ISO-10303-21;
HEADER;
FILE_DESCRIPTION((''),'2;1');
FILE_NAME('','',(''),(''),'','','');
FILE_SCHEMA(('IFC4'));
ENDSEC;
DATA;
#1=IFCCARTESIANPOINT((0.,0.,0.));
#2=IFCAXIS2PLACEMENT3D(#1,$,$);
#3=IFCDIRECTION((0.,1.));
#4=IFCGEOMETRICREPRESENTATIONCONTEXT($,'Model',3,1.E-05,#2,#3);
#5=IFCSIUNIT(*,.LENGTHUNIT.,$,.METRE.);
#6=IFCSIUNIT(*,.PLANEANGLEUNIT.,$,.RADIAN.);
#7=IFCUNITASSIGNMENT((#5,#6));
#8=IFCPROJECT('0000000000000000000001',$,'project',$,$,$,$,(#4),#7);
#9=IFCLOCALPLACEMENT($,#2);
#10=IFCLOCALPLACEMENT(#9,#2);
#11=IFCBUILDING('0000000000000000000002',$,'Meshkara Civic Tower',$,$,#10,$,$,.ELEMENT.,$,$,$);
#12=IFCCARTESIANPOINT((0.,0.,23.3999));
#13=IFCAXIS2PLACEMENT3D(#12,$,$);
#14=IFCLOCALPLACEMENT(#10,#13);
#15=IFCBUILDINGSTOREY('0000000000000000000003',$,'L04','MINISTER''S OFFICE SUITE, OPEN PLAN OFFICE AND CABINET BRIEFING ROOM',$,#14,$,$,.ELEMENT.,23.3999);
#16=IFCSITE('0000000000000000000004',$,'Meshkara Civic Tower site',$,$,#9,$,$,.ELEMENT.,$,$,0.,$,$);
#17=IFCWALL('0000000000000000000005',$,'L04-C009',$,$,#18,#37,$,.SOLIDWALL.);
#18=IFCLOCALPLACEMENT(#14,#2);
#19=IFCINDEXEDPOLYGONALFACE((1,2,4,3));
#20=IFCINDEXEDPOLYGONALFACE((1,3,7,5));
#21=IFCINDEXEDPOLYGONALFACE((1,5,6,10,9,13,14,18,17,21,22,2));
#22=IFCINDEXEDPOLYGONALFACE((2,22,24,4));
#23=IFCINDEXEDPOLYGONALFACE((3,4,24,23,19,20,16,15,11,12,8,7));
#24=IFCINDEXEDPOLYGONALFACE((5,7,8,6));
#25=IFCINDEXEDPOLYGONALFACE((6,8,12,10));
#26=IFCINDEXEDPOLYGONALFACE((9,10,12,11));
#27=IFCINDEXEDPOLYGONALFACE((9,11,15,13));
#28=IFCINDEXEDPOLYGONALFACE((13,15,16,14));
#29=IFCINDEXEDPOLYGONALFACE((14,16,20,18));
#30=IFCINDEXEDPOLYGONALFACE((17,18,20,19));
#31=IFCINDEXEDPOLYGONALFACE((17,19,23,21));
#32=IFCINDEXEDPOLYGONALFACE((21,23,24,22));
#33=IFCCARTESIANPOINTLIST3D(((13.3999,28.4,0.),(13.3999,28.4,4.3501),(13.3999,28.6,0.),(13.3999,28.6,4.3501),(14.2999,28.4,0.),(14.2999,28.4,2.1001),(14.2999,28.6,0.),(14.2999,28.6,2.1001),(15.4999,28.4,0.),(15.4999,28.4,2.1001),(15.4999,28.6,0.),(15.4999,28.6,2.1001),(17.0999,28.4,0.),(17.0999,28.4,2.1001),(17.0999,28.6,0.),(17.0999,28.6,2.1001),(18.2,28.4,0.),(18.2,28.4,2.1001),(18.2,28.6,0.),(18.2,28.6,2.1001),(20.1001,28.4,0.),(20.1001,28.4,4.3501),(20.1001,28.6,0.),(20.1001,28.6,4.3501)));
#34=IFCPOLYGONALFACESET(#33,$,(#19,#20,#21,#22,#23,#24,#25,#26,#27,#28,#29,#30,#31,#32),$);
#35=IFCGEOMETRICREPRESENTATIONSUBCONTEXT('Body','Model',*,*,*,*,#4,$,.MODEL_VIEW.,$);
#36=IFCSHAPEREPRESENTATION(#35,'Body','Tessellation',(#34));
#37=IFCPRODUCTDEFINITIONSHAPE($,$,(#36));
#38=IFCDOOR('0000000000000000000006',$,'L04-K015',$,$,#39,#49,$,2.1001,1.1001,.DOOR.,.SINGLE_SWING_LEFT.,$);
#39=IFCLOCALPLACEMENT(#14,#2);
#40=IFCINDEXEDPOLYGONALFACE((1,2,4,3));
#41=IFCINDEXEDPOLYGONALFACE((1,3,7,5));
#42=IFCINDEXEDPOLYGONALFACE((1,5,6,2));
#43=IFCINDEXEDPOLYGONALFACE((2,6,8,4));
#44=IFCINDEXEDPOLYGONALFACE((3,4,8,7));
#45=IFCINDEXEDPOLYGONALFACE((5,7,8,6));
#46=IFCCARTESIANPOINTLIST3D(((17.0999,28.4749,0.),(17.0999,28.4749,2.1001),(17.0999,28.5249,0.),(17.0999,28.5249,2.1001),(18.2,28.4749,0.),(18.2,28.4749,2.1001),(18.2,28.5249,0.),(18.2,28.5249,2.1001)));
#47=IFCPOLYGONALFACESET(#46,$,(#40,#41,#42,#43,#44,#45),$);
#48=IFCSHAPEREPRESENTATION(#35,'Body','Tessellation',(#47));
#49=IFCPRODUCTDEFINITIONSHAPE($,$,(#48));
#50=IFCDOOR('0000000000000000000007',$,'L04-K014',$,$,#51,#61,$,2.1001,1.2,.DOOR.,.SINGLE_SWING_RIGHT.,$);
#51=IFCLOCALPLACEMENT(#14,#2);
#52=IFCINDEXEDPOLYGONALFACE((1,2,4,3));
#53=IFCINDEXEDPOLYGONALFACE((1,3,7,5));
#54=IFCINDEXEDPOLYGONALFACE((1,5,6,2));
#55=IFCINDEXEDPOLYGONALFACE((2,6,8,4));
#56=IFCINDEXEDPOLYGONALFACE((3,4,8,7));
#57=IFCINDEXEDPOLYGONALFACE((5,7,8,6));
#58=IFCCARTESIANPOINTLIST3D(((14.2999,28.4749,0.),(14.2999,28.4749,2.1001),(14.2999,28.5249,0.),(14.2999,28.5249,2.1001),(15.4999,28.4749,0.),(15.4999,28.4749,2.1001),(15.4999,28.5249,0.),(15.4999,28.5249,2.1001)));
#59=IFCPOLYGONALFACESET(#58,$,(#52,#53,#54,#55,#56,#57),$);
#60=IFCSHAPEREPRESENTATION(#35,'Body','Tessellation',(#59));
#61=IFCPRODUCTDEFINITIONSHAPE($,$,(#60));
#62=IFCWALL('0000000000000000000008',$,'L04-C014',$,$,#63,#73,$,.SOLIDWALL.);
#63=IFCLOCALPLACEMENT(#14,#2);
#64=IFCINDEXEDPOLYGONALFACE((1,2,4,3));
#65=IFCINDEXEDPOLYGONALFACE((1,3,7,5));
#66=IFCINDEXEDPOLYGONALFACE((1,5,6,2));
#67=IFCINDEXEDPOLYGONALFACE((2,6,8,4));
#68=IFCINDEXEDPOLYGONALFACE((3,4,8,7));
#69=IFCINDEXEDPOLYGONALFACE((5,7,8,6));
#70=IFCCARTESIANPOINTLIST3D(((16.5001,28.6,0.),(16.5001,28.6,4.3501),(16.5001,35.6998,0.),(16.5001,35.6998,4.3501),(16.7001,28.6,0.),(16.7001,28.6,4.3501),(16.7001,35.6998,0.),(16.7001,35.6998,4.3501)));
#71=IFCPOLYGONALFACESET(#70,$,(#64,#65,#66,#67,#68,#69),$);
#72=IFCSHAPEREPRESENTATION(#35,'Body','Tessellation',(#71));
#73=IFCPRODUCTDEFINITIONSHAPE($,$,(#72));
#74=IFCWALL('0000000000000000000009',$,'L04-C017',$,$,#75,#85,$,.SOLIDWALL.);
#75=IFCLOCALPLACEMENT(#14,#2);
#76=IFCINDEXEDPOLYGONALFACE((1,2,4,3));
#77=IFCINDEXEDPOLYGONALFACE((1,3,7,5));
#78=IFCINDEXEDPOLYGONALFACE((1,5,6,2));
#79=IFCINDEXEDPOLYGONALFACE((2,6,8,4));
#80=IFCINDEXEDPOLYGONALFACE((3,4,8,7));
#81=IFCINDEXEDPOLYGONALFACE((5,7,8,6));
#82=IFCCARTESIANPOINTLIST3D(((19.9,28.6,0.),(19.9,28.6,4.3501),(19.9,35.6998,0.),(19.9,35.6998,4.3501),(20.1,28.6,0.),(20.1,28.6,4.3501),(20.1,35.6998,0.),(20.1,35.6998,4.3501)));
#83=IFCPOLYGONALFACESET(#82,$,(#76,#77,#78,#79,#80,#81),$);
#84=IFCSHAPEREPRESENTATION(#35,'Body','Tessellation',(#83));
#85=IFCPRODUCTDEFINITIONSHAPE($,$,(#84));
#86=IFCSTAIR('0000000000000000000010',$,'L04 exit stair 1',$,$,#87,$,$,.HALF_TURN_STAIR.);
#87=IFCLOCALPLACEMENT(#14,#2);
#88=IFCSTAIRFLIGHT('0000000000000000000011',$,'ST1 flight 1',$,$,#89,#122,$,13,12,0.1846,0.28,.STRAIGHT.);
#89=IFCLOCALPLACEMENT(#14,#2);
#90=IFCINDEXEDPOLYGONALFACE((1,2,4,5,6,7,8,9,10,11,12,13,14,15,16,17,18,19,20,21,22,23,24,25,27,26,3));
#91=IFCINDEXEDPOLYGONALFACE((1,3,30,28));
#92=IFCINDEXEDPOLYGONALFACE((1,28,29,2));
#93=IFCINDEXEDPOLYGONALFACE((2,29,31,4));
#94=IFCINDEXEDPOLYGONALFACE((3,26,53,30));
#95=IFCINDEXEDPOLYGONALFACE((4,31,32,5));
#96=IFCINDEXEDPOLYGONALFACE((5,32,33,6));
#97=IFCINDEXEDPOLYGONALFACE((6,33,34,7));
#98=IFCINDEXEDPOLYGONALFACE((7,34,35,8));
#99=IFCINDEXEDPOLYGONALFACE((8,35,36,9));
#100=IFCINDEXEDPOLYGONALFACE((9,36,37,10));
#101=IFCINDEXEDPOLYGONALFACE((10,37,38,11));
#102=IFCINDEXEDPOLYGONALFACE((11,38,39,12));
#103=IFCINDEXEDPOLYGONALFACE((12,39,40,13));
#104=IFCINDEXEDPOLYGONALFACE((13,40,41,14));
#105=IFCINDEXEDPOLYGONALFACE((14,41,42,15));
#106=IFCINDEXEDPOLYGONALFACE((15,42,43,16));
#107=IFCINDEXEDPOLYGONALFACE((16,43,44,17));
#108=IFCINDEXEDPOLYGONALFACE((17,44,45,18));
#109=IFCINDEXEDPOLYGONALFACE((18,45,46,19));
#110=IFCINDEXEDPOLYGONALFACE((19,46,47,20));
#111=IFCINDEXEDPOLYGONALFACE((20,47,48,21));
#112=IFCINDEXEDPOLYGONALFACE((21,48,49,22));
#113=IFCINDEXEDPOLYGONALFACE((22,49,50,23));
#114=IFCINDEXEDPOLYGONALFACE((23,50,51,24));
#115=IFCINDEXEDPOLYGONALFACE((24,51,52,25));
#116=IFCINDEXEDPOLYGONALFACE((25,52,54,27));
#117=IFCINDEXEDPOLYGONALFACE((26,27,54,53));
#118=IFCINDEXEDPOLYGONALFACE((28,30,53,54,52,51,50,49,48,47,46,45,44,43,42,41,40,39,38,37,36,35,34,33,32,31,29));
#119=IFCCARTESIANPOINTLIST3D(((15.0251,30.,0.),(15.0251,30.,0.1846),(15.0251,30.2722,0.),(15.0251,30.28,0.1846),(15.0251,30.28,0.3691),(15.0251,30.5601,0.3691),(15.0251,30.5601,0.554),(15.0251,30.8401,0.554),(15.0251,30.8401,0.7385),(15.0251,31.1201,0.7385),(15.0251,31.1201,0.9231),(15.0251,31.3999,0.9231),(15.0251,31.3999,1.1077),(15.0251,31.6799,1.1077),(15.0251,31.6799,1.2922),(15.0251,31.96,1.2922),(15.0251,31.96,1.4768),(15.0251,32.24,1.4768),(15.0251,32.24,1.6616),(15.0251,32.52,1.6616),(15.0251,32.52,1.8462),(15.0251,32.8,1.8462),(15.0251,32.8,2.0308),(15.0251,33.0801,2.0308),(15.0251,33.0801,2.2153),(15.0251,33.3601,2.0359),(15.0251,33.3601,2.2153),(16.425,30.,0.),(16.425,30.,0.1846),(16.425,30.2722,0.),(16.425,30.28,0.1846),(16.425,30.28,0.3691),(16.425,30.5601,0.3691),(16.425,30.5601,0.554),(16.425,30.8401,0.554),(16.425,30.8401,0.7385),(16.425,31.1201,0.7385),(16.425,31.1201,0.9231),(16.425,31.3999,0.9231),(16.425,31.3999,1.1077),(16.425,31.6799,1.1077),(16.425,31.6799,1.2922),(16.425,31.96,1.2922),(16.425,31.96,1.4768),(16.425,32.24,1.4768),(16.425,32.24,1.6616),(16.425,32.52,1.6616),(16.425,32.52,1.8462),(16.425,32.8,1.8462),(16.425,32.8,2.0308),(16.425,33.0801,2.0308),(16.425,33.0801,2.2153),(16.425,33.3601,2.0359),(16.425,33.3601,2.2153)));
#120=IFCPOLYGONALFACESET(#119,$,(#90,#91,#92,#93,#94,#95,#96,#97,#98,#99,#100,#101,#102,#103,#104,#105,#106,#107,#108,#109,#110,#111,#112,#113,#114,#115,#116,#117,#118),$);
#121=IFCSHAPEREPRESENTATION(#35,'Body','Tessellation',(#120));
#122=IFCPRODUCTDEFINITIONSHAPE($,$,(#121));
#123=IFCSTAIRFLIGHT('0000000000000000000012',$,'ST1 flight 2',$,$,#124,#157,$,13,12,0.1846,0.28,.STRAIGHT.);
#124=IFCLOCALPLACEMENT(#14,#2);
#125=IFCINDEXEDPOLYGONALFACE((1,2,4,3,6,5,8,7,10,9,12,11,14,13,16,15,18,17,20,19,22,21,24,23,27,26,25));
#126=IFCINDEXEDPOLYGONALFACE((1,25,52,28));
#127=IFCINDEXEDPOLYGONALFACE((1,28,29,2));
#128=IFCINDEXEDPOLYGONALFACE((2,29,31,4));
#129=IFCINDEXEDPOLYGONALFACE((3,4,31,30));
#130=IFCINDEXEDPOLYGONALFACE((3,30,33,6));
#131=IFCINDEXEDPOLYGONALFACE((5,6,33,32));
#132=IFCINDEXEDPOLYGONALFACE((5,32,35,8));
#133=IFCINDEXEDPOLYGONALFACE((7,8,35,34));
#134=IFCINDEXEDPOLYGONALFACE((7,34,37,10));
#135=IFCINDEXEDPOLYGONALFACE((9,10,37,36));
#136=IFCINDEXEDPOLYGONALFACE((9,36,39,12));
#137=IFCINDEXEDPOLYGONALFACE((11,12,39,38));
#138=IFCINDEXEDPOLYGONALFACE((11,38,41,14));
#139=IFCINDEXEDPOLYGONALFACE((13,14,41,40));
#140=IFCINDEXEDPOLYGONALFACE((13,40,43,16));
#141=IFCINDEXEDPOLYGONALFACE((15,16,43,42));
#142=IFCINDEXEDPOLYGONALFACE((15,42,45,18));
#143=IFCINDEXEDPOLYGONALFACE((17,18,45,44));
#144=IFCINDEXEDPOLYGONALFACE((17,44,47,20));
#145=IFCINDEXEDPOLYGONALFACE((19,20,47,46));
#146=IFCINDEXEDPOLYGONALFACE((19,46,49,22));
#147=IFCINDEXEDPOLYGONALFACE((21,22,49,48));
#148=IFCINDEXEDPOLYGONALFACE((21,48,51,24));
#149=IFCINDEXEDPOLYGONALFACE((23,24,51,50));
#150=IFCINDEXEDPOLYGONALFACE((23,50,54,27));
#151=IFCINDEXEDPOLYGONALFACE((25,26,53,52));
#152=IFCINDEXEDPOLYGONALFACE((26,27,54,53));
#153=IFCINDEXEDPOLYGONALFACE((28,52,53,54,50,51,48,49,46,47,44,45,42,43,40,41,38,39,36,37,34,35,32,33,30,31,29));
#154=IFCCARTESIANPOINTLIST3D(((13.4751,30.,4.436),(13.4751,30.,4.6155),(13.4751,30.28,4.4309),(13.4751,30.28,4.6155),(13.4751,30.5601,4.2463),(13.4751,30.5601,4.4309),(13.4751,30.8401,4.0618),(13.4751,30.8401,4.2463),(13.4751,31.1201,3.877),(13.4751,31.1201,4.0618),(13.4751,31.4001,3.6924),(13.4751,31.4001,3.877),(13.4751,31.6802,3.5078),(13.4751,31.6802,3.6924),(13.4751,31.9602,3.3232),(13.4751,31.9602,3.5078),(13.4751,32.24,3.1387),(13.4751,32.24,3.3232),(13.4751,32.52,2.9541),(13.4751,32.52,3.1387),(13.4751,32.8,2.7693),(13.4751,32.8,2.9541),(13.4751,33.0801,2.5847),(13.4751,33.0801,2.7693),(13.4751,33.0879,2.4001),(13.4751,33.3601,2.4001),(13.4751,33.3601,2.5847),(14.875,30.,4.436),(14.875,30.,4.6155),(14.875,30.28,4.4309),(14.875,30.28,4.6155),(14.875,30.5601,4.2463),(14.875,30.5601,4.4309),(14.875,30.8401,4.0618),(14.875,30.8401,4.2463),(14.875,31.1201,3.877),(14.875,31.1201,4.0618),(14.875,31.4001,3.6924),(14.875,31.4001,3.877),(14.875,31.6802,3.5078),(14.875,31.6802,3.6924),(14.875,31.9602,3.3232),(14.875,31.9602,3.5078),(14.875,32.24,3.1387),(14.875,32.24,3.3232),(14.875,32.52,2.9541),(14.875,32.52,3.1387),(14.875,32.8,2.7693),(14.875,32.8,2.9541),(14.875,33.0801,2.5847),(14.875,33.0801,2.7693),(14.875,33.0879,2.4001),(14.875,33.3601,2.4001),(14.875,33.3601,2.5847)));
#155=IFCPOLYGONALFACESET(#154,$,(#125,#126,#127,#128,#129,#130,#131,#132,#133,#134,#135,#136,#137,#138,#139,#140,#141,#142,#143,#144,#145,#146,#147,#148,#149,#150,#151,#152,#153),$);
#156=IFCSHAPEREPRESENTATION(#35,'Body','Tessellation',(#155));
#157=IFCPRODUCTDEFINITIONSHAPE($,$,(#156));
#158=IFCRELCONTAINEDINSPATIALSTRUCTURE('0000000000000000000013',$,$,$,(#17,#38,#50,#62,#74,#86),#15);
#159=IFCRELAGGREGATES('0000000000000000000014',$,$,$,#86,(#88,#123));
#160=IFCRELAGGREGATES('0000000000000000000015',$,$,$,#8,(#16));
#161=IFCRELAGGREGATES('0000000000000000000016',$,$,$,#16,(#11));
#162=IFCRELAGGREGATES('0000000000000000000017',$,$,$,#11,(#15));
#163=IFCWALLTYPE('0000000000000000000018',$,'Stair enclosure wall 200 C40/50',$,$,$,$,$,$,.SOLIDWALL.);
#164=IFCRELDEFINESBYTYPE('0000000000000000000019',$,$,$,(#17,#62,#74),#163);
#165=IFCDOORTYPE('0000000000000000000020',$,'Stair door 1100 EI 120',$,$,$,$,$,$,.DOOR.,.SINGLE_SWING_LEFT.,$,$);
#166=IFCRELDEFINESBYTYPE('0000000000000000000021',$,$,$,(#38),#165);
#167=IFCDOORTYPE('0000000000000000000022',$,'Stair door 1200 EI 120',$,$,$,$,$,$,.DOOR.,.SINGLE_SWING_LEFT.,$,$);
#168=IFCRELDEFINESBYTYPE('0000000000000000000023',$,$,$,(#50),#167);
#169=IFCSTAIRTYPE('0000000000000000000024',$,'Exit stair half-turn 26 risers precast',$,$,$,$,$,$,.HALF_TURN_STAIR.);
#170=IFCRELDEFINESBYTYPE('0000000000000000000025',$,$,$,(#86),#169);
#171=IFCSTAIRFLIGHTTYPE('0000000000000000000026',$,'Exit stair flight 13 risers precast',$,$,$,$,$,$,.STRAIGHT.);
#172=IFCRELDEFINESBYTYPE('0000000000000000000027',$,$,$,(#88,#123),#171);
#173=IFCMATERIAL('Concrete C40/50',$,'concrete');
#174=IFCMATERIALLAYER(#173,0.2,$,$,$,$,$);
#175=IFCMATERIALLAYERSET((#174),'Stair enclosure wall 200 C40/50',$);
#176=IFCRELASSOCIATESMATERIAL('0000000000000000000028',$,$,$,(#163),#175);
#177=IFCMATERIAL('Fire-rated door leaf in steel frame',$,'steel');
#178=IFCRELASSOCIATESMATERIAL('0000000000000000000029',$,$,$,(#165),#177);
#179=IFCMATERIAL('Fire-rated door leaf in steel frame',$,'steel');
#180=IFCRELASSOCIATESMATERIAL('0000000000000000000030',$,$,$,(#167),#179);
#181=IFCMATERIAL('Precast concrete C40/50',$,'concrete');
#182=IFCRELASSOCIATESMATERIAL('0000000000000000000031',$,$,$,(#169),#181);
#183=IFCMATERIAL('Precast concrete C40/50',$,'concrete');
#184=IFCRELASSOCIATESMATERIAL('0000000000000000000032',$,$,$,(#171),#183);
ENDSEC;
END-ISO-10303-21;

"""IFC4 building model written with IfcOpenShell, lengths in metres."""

from ifc_helpers import new_model, si_unit, direction, frame, frame_2d, origin, place, context, subcontext, project, spatial, polyline, rectangle, outline, extrude, material, layer, layer_set, type_object, element, fill, aggregate, save


model = new_model("IFC4")

# Units and contexts
model_context = context("Model", 3, precision=1e-05, world=origin(), true_north=direction((0.0, 1.0)))
body_context = subcontext(model_context, "Body", "Model", "MODEL_VIEW")
ifc_project = project(units=[si_unit("LENGTHUNIT", "METRE"), si_unit("PLANEANGLEUNIT", "RADIAN")], contexts=[model_context])

# Site, building, storey
site_placement = place(None, origin())
site = spatial("IfcSite", under=ifc_project, at=site_placement, Name="Meshkara Civic Tower site", CompositionType="ELEMENT", RefElevation=0.0)
building_placement = place(site_placement, origin())
building = spatial("IfcBuilding", under=site, at=building_placement, Name="Meshkara Civic Tower", CompositionType="ELEMENT")
storey_placement = place(building_placement, frame((0.0, 0.0, 23.3999)))
storey = spatial("IfcBuildingStorey", under=building, at=storey_placement, Name="L04", Description="MINISTER'S OFFICE SUITE, OPEN PLAN OFFICE AND CABINET BRIEFING ROOM", CompositionType="ELEMENT", Elevation=23.3999)

# Wall, openings, doors
ifc_material_1 = material(Name="Concrete C40/50", Category="concrete")
ifc_layer_1 = layer(ifc_material_1, 0.2)
ifc_layer_set_1 = layer_set([ifc_layer_1], Name="Stair enclosure wall 200 C40/50")
wall_type_1 = type_object("IfcWallType", Name="Stair enclosure wall 200 C40/50", PredefinedType="SOLIDWALL", material=ifc_layer_set_1)
wall_1_placement = place(storey_placement, frame((13.3999, 28.5, 0.0), z_axis=(0.0, 0.0, 1.0), x_axis=(1.0, 0.0, 0.0)))
wall_1 = element("IfcWall", 1, at=wall_1_placement, inside=storey, type_object=wall_type_1, Name="L04-C009", PredefinedType="SOLIDWALL", context=body_context, shape_type="SweptSolid", body=[
    extrude(rectangle(XDim=6.7002, YDim=0.2, at=frame_2d((3.3501, 0.0))), origin(), (0.0, 0.0, 1.0), 4.3501),
])
opening_1_placement = place(wall_1_placement, frame((0.8999, 0.0, 0.0)))
opening_1 = element("IfcOpeningElement", 2, at=opening_1_placement, cuts=wall_1, PredefinedType="OPENING", context=body_context, shape_type="SweptSolid", body=[
    extrude(rectangle(XDim=1.2, YDim=2.1001, at=frame_2d((0.6001, 1.05))), frame((0.0, 0.1099, 0.0), z_axis=(0.0, -1.0, 0.0), x_axis=(1.0, 0.0, 0.0)), (0.0, 0.0, 1.0), 0.22),
])
opening_2_placement = place(wall_1_placement, frame((3.7, 0.0, 0.0)))
opening_2 = element("IfcOpeningElement", 3, at=opening_2_placement, cuts=wall_1, PredefinedType="OPENING", context=body_context, shape_type="SweptSolid", body=[
    extrude(rectangle(XDim=1.1001, YDim=2.1001, at=frame_2d((0.55, 1.05))), frame((0.0, 0.1099, 0.0), z_axis=(0.0, -1.0, 0.0), x_axis=(1.0, 0.0, 0.0)), (0.0, 0.0, 1.0), 0.22),
])
ifc_material_2 = material(Name="Fire-rated door leaf in steel frame", Category="steel")
door_type_1 = type_object("IfcDoorType", Name="Stair door 1100 EI 120", OperationType="SINGLE_SWING_LEFT", PredefinedType="DOOR", material=ifc_material_2)
door_1_placement = place(opening_2_placement, origin())
door_1 = element("IfcDoor", 4, at=door_1_placement, inside=storey, type_object=door_type_1, Name="L04-K015", OperationType="SINGLE_SWING_LEFT", OverallHeight=2.1001, OverallWidth=1.1001, PredefinedType="DOOR", context=body_context, shape_type="SweptSolid", body=[
    extrude(rectangle(XDim=1.1001, YDim=2.1001, at=frame_2d((0.55, 1.05))), frame((0.0, 0.0249, 0.0), z_axis=(0.0, -1.0, 0.0), x_axis=(1.0, 0.0, 0.0)), (0.0, 0.0, 1.0), 0.05),
])
fill(opening_2, door_1)
ifc_material_3 = material(Name="Fire-rated door leaf in steel frame", Category="steel")
door_type_2 = type_object("IfcDoorType", Name="Stair door 1200 EI 120", OperationType="SINGLE_SWING_LEFT", PredefinedType="DOOR", material=ifc_material_3)
door_2_placement = place(opening_1_placement, origin())
door_2 = element("IfcDoor", 5, at=door_2_placement, inside=storey, type_object=door_type_2, Name="L04-K014", OperationType="SINGLE_SWING_RIGHT", OverallHeight=2.1001, OverallWidth=1.2, PredefinedType="DOOR", context=body_context, shape_type="SweptSolid", body=[
    extrude(rectangle(XDim=1.2, YDim=2.1001, at=frame_2d((0.6001, 1.05))), frame((0.0, 0.0249, 0.0), z_axis=(0.0, -1.0, 0.0), x_axis=(1.0, 0.0, 0.0)), (0.0, 0.0, 1.0), 0.05),
])
fill(opening_1, door_2)

# Walls
for number, where, z_axis, x_axis, name in (
    (6, (16.6001, 28.6001, 0.0), (0.0, 0.0, 1.0), (0.0, 1.0, 0.0), "L04-C014"),
    (7, (20.0, 28.6001, 0.0), (0.0, 0.0, 1.0), (0.0, 1.0, 0.0), "L04-C017"),
):
    element("IfcWall", number, at=place(storey_placement, frame(where, z_axis=z_axis, x_axis=x_axis)), inside=storey, type_object=wall_type_1, Name=name, PredefinedType="SOLIDWALL", context=body_context, shape_type="SweptSolid", body=[
        extrude(rectangle(XDim=7.0999, YDim=0.2, at=frame_2d((3.5498, 0.0))), origin(), (0.0, 0.0, 1.0), 4.3501),
    ])

# Stair, stair flights
ifc_material_4 = material(Name="Precast concrete C40/50", Category="concrete")
stair_type = type_object("IfcStairType", Name="Exit stair half-turn 26 risers precast", PredefinedType="HALF_TURN_STAIR", material=ifc_material_4)
stair_1_placement = place(storey_placement, origin())
stair_1 = element("IfcStair", 8, at=stair_1_placement, inside=storey, type_object=stair_type, Name="L04 exit stair 1", PredefinedType="HALF_TURN_STAIR")
ifc_material_5 = material(Name="Precast concrete C40/50", Category="concrete")
stair_flight_type = type_object("IfcStairFlightType", Name="Exit stair flight 13 risers precast", PredefinedType="STRAIGHT", material=ifc_material_5)
stair_flight_1_placement = place(storey_placement, frame((15.7251, 30.0, 0.0), z_axis=(0.0, 0.0, 1.0), x_axis=(0.0, 1.0, 0.0)))
stair_flight_1 = element("IfcStairFlight", 9, at=stair_flight_1_placement, type_object=stair_flight_type, Name="ST1 flight 1", NumberOfRisers=13, NumberOfTreads=12, PredefinedType="STRAIGHT", RiserHeight=0.1846, TreadLength=0.28, context=body_context, shape_type="SweptSolid", body=[
    extrude(outline(polyline([(0.0, 0.0), (0.0, 0.1846), (0.28, 0.1846), (0.28, 0.3691), (0.5601, 0.3691), (0.5601, 0.554), (0.8401, 0.554), (0.8401, 0.7385), (1.1201, 0.7385), (1.1201, 0.9231), (1.3999, 0.9231), (1.3999, 1.1077), (1.6799, 1.1077), (1.6799, 1.2922), (1.96, 1.2922), (1.96, 1.4768), (2.24, 1.4768), (2.24, 1.6616), (2.52, 1.6616), (2.52, 1.8462), (2.8, 1.8462), (2.8, 2.0308), (3.0801, 2.0308), (3.0801, 2.2153), (3.3601, 2.2153), (3.3601, 2.3999), (3.3601, 2.0359), (0.2722, 0.0), (0.0, 0.0)])), frame((0.0, 0.7, 0.0), z_axis=(0.0, -1.0, 0.0), x_axis=(1.0, 0.0, 0.0)), (0.0, 0.0, 1.0), 1.3999),
])
stair_flight_2_placement = place(storey_placement, frame((14.175, 33.3601, 2.4001), z_axis=(0.0, 0.0, 1.0), x_axis=(0.0, -1.0, 0.0)))
stair_flight_2 = element("IfcStairFlight", 10, at=stair_flight_2_placement, type_object=stair_flight_type, Name="ST1 flight 2", NumberOfRisers=13, NumberOfTreads=12, PredefinedType="STRAIGHT", RiserHeight=0.1846, TreadLength=0.28, context=body_context, shape_type="SweptSolid", body=[
    extrude(outline(polyline([(0.0, 0.0), (0.0, 0.1846), (0.28, 0.1846), (0.28, 0.3691), (0.5601, 0.3691), (0.5601, 0.554), (0.8401, 0.554), (0.8401, 0.7385), (1.1201, 0.7385), (1.1201, 0.9231), (1.3999, 0.9231), (1.3999, 1.1077), (1.6799, 1.1077), (1.6799, 1.2922), (1.96, 1.2922), (1.96, 1.4768), (2.24, 1.4768), (2.24, 1.6616), (2.52, 1.6616), (2.52, 1.8462), (2.8, 1.8462), (2.8, 2.0308), (3.0801, 2.0308), (3.0801, 2.2153), (3.3601, 2.2153), (3.3601, 2.3999), (3.3601, 2.0359), (0.2722, 0.0), (0.0, 0.0)])), frame((0.0, 0.7, 0.0), z_axis=(0.0, -1.0, 0.0), x_axis=(1.0, 0.0, 0.0)), (0.0, 0.0, 1.0), 1.3999),
])
aggregate(stair_1, [stair_flight_1, stair_flight_2])

save(model, "model.ifc")
